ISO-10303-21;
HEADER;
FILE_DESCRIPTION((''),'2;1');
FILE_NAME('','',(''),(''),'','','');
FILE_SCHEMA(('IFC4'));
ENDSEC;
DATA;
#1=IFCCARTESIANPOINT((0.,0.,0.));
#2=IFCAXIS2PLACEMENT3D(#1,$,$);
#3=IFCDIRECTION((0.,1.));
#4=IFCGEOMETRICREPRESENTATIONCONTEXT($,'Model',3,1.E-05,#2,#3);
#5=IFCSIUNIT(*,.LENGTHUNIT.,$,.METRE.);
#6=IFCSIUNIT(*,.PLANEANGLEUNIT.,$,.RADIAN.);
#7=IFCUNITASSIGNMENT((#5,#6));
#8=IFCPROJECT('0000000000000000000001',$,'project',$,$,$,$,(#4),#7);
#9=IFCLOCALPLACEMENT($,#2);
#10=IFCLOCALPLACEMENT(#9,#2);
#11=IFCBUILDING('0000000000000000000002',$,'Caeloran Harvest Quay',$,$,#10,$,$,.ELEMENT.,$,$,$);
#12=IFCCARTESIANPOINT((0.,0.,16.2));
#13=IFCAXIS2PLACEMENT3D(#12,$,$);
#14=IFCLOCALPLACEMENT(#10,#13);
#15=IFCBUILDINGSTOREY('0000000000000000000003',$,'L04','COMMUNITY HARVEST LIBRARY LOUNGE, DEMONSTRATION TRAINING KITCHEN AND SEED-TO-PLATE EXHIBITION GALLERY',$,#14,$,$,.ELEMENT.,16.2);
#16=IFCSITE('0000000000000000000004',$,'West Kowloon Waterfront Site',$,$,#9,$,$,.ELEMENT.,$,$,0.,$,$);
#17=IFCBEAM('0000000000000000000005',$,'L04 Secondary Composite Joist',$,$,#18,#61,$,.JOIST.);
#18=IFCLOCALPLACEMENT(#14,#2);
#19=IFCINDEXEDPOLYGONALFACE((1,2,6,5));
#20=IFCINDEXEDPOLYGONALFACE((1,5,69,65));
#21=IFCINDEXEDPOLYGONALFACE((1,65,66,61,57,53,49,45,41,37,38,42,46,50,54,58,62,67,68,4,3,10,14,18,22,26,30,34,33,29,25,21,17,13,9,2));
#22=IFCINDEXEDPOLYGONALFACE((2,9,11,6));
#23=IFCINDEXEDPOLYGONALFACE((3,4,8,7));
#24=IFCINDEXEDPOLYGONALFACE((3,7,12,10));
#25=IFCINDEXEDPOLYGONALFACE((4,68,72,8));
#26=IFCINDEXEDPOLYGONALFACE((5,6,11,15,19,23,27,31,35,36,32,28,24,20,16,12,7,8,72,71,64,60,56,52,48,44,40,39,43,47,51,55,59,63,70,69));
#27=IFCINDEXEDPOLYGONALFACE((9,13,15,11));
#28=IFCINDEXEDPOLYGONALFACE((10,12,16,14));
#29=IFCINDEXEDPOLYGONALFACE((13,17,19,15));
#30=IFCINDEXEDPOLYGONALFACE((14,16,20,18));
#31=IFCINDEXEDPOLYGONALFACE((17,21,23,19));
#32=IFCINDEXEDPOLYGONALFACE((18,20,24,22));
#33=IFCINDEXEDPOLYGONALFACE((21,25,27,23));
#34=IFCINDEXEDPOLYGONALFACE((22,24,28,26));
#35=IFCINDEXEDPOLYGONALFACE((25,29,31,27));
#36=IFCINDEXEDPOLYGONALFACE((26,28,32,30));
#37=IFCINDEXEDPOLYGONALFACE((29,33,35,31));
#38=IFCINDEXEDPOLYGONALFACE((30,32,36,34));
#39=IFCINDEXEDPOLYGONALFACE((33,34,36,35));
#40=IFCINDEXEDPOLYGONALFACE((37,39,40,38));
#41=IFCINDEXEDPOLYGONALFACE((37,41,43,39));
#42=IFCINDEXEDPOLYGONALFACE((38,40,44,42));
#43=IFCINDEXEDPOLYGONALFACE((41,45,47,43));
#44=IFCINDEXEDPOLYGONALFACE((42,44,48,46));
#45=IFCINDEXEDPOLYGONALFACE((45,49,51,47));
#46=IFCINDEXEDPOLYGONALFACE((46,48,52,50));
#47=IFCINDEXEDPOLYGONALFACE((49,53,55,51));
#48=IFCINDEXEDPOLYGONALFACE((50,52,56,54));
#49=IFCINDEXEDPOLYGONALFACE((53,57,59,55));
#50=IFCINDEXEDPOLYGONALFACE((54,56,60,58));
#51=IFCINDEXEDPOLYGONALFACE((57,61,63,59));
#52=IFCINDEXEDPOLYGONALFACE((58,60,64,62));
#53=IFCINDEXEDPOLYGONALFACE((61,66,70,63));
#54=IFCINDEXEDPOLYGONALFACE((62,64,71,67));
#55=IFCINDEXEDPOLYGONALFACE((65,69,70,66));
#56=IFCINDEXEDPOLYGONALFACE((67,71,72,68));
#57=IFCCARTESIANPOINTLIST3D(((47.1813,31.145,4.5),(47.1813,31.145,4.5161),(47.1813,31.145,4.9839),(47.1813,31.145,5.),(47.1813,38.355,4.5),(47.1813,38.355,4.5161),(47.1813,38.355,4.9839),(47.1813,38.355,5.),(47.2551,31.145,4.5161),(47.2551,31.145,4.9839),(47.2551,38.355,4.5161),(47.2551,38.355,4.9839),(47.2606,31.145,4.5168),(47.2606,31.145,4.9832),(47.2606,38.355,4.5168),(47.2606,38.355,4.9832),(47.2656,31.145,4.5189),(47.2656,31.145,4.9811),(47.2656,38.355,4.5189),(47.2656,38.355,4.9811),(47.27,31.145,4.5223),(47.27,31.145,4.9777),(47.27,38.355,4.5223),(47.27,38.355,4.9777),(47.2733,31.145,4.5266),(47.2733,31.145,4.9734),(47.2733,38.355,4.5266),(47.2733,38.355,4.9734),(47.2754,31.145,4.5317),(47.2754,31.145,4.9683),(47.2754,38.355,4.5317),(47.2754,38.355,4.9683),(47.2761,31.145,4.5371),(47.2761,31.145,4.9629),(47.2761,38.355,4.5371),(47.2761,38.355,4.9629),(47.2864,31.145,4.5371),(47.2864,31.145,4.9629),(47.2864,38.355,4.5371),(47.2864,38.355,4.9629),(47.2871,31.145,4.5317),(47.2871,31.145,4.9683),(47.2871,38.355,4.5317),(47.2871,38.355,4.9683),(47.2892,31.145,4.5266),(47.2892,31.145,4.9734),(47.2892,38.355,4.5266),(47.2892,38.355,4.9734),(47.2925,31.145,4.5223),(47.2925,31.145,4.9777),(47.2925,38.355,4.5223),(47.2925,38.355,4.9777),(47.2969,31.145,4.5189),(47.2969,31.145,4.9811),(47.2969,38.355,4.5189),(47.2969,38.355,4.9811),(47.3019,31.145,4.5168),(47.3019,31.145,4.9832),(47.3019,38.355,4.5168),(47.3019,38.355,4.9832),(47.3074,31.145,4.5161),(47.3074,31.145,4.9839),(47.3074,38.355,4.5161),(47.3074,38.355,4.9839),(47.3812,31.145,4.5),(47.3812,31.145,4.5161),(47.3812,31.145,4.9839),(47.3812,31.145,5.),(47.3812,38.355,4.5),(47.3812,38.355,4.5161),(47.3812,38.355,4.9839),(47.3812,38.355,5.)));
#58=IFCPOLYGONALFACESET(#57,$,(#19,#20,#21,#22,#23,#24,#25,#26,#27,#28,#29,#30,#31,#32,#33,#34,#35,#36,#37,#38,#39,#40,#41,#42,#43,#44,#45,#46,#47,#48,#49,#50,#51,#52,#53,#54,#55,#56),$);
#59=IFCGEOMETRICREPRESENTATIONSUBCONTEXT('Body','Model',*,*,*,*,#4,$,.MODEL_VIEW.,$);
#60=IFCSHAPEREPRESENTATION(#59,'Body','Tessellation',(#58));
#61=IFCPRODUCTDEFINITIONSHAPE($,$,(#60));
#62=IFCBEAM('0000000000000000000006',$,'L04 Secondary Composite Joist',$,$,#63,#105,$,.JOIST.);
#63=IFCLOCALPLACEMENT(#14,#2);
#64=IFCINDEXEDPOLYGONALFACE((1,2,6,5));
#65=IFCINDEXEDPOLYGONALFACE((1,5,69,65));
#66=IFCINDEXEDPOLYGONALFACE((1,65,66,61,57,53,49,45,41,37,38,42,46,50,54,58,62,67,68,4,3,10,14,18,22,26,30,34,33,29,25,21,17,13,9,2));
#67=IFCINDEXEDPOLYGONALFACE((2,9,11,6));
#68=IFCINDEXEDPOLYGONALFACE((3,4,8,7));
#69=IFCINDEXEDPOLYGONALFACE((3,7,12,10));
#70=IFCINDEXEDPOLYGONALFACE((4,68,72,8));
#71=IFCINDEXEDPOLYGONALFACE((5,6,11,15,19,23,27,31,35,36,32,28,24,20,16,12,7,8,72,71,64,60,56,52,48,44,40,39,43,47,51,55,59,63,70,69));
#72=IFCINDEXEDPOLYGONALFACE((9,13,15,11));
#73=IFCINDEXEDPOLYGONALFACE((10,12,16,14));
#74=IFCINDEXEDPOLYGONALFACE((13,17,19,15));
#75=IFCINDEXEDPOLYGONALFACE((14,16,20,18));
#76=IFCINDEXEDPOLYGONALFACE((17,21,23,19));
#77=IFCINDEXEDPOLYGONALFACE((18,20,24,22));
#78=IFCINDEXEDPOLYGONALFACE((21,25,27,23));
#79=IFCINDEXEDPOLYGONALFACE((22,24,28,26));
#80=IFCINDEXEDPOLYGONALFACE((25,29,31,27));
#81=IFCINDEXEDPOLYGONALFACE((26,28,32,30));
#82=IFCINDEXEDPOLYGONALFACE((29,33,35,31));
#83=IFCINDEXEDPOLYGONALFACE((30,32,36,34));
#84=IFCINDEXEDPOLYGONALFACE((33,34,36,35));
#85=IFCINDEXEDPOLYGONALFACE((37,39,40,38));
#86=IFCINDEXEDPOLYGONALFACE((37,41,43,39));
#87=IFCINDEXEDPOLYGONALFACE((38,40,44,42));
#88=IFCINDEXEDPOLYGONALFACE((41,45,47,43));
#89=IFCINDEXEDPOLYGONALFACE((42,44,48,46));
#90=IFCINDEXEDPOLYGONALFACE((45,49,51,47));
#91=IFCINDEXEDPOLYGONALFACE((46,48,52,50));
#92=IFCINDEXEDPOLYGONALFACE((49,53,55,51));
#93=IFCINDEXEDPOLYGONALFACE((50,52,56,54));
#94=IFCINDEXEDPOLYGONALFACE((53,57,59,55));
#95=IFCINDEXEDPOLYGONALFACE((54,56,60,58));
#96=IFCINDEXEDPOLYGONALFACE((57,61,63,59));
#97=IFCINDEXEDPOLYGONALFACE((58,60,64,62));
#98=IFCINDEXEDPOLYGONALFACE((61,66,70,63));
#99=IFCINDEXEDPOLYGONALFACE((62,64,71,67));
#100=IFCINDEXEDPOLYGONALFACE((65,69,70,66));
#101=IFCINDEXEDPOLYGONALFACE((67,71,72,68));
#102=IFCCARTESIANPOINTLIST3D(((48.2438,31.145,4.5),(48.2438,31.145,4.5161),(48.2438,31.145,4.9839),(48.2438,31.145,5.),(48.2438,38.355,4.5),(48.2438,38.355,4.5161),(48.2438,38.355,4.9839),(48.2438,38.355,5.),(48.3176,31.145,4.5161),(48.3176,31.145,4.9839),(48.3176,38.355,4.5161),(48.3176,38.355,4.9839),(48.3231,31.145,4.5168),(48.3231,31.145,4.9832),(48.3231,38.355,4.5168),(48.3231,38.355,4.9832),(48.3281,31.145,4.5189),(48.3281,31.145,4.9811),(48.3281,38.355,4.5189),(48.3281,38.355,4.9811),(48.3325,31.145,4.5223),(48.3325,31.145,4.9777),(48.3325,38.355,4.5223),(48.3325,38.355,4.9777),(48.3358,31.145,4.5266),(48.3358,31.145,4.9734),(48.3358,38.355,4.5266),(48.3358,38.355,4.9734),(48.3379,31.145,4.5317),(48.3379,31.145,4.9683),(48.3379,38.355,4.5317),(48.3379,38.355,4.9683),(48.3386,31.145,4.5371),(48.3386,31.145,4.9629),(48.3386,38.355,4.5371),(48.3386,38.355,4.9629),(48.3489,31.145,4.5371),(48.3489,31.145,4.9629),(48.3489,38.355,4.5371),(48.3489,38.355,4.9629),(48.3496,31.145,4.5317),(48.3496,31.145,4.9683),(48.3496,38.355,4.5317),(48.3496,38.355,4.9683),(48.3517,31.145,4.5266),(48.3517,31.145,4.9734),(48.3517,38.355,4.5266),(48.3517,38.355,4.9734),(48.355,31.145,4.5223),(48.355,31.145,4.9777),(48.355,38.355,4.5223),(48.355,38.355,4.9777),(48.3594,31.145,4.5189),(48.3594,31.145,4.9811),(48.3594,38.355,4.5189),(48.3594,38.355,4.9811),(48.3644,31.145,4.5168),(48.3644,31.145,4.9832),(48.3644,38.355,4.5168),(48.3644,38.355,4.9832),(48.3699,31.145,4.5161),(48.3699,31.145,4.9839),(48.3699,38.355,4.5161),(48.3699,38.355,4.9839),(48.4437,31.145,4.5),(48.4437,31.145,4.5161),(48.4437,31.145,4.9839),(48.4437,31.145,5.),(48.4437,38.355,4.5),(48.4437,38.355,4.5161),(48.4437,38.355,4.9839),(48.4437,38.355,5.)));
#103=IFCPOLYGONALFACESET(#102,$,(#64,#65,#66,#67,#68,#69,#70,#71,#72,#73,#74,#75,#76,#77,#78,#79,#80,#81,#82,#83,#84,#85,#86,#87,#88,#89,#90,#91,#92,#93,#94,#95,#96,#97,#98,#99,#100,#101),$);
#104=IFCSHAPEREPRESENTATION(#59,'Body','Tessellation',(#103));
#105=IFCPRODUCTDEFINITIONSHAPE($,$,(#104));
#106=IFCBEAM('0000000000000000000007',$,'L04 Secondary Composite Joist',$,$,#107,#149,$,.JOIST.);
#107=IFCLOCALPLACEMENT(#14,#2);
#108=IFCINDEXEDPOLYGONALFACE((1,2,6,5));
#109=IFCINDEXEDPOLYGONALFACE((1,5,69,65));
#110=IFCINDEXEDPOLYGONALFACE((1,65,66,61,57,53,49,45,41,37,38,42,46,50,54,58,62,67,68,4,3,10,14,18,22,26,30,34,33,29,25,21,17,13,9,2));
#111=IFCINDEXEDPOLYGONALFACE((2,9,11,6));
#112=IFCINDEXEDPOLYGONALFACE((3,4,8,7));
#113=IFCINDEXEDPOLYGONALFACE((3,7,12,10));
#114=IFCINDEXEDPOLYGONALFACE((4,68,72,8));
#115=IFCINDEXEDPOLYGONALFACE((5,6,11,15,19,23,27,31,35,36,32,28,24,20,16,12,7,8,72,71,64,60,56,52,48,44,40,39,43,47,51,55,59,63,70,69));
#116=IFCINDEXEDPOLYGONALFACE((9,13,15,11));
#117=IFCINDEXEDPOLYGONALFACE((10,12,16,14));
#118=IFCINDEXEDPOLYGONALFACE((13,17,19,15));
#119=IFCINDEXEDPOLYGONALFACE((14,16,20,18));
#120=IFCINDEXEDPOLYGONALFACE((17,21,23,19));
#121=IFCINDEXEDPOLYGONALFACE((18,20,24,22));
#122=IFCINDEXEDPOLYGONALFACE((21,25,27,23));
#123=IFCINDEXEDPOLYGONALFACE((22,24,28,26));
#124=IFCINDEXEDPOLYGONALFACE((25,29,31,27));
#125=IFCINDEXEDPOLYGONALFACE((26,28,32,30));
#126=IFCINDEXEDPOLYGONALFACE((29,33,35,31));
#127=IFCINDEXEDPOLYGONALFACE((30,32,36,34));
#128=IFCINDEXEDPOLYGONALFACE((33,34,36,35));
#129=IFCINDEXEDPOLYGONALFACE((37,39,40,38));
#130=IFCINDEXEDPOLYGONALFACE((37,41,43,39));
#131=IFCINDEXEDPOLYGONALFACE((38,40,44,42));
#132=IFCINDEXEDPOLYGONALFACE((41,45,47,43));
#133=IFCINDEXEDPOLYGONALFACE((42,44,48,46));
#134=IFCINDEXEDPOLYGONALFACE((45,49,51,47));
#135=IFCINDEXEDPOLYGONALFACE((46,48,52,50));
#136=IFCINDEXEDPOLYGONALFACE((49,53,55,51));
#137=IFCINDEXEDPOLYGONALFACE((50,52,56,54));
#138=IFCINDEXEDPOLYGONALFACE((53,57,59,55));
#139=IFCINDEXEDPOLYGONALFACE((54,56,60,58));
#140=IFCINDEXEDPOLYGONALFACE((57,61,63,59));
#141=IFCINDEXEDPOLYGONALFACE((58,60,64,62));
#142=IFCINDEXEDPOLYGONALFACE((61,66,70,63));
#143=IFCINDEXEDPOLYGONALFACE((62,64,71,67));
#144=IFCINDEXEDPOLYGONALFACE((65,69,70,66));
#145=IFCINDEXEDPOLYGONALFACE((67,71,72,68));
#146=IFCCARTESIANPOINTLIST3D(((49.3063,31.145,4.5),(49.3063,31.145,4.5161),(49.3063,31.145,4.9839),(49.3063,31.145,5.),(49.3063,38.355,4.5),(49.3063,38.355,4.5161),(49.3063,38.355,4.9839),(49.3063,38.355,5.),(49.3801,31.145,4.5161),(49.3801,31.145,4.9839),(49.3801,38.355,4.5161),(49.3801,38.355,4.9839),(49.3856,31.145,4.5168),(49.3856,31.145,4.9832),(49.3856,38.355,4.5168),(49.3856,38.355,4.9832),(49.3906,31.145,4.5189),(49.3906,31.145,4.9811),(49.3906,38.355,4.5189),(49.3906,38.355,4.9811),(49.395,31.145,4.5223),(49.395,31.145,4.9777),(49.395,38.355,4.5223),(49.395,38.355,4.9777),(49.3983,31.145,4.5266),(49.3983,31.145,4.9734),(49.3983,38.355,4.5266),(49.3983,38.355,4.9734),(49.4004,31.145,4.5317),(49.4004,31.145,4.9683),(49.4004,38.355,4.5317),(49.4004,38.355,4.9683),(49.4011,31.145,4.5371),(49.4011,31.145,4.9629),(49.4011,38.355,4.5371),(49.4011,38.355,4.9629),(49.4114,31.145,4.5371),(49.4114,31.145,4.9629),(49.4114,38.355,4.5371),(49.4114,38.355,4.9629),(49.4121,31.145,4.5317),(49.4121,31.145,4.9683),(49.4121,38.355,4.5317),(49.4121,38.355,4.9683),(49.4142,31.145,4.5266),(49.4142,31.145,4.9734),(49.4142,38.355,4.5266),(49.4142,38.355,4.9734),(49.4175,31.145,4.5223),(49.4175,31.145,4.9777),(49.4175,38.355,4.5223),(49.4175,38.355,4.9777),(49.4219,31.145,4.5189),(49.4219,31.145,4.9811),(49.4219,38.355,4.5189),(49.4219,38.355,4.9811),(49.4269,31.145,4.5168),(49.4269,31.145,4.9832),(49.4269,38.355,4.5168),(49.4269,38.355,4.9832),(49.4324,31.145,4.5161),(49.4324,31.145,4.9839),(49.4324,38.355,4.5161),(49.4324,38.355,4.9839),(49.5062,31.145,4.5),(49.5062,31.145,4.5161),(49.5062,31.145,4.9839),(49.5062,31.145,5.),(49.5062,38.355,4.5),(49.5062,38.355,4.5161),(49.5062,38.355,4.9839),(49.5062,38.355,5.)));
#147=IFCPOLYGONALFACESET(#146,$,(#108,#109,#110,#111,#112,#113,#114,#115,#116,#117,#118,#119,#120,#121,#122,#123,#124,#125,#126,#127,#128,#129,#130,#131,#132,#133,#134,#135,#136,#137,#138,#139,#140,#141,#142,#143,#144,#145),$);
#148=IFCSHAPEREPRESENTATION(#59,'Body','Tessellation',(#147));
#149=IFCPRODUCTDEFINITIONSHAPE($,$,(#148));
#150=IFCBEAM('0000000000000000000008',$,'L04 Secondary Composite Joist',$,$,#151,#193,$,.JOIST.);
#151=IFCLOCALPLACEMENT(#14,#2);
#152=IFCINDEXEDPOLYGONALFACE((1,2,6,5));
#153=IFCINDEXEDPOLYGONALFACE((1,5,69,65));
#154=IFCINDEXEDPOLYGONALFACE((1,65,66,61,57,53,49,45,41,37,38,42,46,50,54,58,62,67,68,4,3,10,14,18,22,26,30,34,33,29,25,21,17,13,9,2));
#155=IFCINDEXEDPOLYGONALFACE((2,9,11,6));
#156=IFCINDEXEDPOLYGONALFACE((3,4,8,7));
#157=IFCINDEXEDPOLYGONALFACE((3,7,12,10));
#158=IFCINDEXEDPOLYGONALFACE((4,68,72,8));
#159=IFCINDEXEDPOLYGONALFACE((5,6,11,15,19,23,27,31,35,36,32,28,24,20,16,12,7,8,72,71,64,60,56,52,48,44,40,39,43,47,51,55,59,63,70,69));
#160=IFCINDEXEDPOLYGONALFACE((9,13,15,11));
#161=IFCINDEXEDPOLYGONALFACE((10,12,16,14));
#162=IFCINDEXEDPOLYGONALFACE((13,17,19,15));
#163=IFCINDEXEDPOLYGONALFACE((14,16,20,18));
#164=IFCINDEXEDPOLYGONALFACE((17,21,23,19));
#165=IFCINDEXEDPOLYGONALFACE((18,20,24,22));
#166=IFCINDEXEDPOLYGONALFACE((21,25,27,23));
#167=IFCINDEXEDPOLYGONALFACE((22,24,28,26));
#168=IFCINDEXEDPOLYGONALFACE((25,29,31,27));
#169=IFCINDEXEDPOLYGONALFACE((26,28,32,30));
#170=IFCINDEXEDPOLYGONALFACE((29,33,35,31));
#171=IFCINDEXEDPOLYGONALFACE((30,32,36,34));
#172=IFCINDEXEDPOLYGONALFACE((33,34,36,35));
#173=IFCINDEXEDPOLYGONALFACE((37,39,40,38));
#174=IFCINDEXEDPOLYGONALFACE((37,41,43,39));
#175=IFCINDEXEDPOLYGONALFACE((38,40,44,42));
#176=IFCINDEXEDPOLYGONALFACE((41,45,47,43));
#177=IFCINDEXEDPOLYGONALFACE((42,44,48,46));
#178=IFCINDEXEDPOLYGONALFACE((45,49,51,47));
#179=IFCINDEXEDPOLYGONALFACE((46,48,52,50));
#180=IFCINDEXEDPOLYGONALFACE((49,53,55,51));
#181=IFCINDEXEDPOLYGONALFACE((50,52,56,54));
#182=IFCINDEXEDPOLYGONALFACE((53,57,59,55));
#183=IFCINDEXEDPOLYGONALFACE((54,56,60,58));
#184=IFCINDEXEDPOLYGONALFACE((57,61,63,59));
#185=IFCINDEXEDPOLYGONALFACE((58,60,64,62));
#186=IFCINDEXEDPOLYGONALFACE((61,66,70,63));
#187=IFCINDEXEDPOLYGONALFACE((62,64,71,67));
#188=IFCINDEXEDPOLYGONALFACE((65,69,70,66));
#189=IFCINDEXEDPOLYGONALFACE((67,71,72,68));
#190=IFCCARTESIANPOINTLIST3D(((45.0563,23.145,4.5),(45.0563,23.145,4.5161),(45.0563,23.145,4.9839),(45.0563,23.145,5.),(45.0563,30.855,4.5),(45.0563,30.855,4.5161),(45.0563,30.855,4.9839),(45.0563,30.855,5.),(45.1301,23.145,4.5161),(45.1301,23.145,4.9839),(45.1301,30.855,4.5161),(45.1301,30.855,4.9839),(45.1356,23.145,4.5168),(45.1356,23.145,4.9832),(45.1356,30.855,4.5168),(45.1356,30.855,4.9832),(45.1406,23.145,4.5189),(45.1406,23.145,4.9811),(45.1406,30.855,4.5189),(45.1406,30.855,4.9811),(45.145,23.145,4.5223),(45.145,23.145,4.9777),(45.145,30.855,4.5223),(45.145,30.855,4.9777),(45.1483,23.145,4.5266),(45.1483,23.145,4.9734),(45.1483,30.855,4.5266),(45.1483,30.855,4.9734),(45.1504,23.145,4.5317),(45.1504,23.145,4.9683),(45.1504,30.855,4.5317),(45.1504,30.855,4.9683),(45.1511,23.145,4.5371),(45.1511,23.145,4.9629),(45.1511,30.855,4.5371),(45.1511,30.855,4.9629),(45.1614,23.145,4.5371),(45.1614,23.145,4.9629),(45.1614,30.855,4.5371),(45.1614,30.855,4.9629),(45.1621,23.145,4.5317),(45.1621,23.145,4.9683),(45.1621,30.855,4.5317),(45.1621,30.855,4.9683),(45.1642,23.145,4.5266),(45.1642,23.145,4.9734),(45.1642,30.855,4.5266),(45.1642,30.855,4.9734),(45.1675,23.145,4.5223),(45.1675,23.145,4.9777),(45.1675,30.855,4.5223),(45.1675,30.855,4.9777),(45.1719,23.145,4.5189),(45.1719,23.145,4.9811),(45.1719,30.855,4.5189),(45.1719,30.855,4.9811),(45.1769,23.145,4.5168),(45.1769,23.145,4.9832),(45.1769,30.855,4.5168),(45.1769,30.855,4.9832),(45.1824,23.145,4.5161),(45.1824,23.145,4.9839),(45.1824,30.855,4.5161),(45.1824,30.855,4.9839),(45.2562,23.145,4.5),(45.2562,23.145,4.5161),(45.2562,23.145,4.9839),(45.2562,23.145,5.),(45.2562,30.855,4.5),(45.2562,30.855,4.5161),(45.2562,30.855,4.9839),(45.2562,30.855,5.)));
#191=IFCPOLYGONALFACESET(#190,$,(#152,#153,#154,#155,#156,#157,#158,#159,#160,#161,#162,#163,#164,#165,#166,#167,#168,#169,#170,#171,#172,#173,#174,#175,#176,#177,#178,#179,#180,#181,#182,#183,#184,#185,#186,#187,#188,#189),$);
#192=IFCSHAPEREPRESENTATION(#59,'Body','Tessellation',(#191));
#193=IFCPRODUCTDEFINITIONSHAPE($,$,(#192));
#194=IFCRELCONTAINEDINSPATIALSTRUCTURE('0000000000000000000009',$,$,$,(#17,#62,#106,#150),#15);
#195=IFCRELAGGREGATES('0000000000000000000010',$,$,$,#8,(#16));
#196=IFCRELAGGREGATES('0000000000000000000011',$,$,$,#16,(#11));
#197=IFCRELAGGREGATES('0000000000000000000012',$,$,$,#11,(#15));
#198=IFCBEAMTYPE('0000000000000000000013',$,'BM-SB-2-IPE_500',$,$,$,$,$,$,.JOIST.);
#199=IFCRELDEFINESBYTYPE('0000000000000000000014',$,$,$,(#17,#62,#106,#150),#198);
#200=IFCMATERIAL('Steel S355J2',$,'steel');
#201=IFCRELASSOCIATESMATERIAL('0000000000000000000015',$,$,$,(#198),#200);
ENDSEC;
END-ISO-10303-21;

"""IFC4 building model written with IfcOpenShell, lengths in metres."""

from ifc_helpers import new_model, si_unit, direction, frame, origin, origin_2d, place, context, subcontext, project, spatial, i_section, extrude, material, material_profile, profile_set, type_object, element, save


model = new_model("IFC4")

# Units and contexts
model_context = context("Model", 3, precision=1e-05, world=origin(), true_north=direction((0.0, 1.0)))
body_context = subcontext(model_context, "Body", "Model", "MODEL_VIEW")
ifc_project = project(units=[si_unit("LENGTHUNIT", "METRE"), si_unit("PLANEANGLEUNIT", "RADIAN")], contexts=[model_context])

# Site, building, storey
site_placement = place(None, origin())
site = spatial("IfcSite", under=ifc_project, at=site_placement, Name="West Kowloon Waterfront Site", CompositionType="ELEMENT", RefElevation=0.0)
building_placement = place(site_placement, origin())
building = spatial("IfcBuilding", under=site, at=building_placement, Name="Caeloran Harvest Quay", CompositionType="ELEMENT")
storey_placement = place(building_placement, frame((0.0, 0.0, 16.2)))
storey = spatial("IfcBuildingStorey", under=building, at=storey_placement, Name="L04", Description="COMMUNITY HARVEST LIBRARY LOUNGE, DEMONSTRATION TRAINING KITCHEN AND SEED-TO-PLATE EXHIBITION GALLERY", CompositionType="ELEMENT", Elevation=16.2)

# Beams
ifc_material_1 = material(Name="Steel S355J2", Category="steel")
ifc_material_profile_1 = material_profile(ifc_material_1, i_section(OverallWidth=0.2, OverallDepth=0.5, WebThickness=0.0103, FlangeThickness=0.0161, FilletRadius=0.021, at=origin_2d()), Name="IPE 500")
ifc_profile_set_1 = profile_set([ifc_material_profile_1], Name="Steel S355J2")
beam_type_1 = type_object("IfcBeamType", Name="BM-SB-2-IPE_500", PredefinedType="JOIST", material=ifc_profile_set_1)
for number, where, z_axis, x_axis, name in (
    (1, (47.2812, 31.145, 4.75), (0.0, 1.0, 0.0), (-1.0, 0.0, 0.0), "L04 Secondary Composite Joist"),
    (2, (48.3438, 31.145, 4.75), (0.0, 1.0, 0.0), (-1.0, 0.0, 0.0), "L04 Secondary Composite Joist"),
    (3, (49.4062, 31.145, 4.75), (0.0, 1.0, 0.0), (-1.0, 0.0, 0.0), "L04 Secondary Composite Joist"),
):
    element("IfcBeam", number, at=place(storey_placement, frame(where, z_axis=z_axis, x_axis=x_axis)), inside=storey, type_object=beam_type_1, Name=name, PredefinedType="JOIST", context=body_context, shape_type="SweptSolid", body=[
        extrude(i_section(OverallWidth=0.2, OverallDepth=0.5, WebThickness=0.0103, FlangeThickness=0.0161, FilletRadius=0.021, at=origin_2d()), origin(), (0.0, 0.0, 1.0), 7.21),
    ])
for number, where, z_axis, x_axis, name in (
    (4, (45.1562, 23.145, 4.75), (0.0, 1.0, 0.0), (-1.0, 0.0, 0.0), "L04 Secondary Composite Joist"),
):
    element("IfcBeam", number, at=place(storey_placement, frame(where, z_axis=z_axis, x_axis=x_axis)), inside=storey, type_object=beam_type_1, Name=name, PredefinedType="JOIST", context=body_context, shape_type="SweptSolid", body=[
        extrude(i_section(OverallWidth=0.2, OverallDepth=0.5, WebThickness=0.0103, FlangeThickness=0.0161, FilletRadius=0.021, at=origin_2d()), origin(), (0.0, 0.0, 1.0), 7.71),
    ])

save(model, "model.ifc")
